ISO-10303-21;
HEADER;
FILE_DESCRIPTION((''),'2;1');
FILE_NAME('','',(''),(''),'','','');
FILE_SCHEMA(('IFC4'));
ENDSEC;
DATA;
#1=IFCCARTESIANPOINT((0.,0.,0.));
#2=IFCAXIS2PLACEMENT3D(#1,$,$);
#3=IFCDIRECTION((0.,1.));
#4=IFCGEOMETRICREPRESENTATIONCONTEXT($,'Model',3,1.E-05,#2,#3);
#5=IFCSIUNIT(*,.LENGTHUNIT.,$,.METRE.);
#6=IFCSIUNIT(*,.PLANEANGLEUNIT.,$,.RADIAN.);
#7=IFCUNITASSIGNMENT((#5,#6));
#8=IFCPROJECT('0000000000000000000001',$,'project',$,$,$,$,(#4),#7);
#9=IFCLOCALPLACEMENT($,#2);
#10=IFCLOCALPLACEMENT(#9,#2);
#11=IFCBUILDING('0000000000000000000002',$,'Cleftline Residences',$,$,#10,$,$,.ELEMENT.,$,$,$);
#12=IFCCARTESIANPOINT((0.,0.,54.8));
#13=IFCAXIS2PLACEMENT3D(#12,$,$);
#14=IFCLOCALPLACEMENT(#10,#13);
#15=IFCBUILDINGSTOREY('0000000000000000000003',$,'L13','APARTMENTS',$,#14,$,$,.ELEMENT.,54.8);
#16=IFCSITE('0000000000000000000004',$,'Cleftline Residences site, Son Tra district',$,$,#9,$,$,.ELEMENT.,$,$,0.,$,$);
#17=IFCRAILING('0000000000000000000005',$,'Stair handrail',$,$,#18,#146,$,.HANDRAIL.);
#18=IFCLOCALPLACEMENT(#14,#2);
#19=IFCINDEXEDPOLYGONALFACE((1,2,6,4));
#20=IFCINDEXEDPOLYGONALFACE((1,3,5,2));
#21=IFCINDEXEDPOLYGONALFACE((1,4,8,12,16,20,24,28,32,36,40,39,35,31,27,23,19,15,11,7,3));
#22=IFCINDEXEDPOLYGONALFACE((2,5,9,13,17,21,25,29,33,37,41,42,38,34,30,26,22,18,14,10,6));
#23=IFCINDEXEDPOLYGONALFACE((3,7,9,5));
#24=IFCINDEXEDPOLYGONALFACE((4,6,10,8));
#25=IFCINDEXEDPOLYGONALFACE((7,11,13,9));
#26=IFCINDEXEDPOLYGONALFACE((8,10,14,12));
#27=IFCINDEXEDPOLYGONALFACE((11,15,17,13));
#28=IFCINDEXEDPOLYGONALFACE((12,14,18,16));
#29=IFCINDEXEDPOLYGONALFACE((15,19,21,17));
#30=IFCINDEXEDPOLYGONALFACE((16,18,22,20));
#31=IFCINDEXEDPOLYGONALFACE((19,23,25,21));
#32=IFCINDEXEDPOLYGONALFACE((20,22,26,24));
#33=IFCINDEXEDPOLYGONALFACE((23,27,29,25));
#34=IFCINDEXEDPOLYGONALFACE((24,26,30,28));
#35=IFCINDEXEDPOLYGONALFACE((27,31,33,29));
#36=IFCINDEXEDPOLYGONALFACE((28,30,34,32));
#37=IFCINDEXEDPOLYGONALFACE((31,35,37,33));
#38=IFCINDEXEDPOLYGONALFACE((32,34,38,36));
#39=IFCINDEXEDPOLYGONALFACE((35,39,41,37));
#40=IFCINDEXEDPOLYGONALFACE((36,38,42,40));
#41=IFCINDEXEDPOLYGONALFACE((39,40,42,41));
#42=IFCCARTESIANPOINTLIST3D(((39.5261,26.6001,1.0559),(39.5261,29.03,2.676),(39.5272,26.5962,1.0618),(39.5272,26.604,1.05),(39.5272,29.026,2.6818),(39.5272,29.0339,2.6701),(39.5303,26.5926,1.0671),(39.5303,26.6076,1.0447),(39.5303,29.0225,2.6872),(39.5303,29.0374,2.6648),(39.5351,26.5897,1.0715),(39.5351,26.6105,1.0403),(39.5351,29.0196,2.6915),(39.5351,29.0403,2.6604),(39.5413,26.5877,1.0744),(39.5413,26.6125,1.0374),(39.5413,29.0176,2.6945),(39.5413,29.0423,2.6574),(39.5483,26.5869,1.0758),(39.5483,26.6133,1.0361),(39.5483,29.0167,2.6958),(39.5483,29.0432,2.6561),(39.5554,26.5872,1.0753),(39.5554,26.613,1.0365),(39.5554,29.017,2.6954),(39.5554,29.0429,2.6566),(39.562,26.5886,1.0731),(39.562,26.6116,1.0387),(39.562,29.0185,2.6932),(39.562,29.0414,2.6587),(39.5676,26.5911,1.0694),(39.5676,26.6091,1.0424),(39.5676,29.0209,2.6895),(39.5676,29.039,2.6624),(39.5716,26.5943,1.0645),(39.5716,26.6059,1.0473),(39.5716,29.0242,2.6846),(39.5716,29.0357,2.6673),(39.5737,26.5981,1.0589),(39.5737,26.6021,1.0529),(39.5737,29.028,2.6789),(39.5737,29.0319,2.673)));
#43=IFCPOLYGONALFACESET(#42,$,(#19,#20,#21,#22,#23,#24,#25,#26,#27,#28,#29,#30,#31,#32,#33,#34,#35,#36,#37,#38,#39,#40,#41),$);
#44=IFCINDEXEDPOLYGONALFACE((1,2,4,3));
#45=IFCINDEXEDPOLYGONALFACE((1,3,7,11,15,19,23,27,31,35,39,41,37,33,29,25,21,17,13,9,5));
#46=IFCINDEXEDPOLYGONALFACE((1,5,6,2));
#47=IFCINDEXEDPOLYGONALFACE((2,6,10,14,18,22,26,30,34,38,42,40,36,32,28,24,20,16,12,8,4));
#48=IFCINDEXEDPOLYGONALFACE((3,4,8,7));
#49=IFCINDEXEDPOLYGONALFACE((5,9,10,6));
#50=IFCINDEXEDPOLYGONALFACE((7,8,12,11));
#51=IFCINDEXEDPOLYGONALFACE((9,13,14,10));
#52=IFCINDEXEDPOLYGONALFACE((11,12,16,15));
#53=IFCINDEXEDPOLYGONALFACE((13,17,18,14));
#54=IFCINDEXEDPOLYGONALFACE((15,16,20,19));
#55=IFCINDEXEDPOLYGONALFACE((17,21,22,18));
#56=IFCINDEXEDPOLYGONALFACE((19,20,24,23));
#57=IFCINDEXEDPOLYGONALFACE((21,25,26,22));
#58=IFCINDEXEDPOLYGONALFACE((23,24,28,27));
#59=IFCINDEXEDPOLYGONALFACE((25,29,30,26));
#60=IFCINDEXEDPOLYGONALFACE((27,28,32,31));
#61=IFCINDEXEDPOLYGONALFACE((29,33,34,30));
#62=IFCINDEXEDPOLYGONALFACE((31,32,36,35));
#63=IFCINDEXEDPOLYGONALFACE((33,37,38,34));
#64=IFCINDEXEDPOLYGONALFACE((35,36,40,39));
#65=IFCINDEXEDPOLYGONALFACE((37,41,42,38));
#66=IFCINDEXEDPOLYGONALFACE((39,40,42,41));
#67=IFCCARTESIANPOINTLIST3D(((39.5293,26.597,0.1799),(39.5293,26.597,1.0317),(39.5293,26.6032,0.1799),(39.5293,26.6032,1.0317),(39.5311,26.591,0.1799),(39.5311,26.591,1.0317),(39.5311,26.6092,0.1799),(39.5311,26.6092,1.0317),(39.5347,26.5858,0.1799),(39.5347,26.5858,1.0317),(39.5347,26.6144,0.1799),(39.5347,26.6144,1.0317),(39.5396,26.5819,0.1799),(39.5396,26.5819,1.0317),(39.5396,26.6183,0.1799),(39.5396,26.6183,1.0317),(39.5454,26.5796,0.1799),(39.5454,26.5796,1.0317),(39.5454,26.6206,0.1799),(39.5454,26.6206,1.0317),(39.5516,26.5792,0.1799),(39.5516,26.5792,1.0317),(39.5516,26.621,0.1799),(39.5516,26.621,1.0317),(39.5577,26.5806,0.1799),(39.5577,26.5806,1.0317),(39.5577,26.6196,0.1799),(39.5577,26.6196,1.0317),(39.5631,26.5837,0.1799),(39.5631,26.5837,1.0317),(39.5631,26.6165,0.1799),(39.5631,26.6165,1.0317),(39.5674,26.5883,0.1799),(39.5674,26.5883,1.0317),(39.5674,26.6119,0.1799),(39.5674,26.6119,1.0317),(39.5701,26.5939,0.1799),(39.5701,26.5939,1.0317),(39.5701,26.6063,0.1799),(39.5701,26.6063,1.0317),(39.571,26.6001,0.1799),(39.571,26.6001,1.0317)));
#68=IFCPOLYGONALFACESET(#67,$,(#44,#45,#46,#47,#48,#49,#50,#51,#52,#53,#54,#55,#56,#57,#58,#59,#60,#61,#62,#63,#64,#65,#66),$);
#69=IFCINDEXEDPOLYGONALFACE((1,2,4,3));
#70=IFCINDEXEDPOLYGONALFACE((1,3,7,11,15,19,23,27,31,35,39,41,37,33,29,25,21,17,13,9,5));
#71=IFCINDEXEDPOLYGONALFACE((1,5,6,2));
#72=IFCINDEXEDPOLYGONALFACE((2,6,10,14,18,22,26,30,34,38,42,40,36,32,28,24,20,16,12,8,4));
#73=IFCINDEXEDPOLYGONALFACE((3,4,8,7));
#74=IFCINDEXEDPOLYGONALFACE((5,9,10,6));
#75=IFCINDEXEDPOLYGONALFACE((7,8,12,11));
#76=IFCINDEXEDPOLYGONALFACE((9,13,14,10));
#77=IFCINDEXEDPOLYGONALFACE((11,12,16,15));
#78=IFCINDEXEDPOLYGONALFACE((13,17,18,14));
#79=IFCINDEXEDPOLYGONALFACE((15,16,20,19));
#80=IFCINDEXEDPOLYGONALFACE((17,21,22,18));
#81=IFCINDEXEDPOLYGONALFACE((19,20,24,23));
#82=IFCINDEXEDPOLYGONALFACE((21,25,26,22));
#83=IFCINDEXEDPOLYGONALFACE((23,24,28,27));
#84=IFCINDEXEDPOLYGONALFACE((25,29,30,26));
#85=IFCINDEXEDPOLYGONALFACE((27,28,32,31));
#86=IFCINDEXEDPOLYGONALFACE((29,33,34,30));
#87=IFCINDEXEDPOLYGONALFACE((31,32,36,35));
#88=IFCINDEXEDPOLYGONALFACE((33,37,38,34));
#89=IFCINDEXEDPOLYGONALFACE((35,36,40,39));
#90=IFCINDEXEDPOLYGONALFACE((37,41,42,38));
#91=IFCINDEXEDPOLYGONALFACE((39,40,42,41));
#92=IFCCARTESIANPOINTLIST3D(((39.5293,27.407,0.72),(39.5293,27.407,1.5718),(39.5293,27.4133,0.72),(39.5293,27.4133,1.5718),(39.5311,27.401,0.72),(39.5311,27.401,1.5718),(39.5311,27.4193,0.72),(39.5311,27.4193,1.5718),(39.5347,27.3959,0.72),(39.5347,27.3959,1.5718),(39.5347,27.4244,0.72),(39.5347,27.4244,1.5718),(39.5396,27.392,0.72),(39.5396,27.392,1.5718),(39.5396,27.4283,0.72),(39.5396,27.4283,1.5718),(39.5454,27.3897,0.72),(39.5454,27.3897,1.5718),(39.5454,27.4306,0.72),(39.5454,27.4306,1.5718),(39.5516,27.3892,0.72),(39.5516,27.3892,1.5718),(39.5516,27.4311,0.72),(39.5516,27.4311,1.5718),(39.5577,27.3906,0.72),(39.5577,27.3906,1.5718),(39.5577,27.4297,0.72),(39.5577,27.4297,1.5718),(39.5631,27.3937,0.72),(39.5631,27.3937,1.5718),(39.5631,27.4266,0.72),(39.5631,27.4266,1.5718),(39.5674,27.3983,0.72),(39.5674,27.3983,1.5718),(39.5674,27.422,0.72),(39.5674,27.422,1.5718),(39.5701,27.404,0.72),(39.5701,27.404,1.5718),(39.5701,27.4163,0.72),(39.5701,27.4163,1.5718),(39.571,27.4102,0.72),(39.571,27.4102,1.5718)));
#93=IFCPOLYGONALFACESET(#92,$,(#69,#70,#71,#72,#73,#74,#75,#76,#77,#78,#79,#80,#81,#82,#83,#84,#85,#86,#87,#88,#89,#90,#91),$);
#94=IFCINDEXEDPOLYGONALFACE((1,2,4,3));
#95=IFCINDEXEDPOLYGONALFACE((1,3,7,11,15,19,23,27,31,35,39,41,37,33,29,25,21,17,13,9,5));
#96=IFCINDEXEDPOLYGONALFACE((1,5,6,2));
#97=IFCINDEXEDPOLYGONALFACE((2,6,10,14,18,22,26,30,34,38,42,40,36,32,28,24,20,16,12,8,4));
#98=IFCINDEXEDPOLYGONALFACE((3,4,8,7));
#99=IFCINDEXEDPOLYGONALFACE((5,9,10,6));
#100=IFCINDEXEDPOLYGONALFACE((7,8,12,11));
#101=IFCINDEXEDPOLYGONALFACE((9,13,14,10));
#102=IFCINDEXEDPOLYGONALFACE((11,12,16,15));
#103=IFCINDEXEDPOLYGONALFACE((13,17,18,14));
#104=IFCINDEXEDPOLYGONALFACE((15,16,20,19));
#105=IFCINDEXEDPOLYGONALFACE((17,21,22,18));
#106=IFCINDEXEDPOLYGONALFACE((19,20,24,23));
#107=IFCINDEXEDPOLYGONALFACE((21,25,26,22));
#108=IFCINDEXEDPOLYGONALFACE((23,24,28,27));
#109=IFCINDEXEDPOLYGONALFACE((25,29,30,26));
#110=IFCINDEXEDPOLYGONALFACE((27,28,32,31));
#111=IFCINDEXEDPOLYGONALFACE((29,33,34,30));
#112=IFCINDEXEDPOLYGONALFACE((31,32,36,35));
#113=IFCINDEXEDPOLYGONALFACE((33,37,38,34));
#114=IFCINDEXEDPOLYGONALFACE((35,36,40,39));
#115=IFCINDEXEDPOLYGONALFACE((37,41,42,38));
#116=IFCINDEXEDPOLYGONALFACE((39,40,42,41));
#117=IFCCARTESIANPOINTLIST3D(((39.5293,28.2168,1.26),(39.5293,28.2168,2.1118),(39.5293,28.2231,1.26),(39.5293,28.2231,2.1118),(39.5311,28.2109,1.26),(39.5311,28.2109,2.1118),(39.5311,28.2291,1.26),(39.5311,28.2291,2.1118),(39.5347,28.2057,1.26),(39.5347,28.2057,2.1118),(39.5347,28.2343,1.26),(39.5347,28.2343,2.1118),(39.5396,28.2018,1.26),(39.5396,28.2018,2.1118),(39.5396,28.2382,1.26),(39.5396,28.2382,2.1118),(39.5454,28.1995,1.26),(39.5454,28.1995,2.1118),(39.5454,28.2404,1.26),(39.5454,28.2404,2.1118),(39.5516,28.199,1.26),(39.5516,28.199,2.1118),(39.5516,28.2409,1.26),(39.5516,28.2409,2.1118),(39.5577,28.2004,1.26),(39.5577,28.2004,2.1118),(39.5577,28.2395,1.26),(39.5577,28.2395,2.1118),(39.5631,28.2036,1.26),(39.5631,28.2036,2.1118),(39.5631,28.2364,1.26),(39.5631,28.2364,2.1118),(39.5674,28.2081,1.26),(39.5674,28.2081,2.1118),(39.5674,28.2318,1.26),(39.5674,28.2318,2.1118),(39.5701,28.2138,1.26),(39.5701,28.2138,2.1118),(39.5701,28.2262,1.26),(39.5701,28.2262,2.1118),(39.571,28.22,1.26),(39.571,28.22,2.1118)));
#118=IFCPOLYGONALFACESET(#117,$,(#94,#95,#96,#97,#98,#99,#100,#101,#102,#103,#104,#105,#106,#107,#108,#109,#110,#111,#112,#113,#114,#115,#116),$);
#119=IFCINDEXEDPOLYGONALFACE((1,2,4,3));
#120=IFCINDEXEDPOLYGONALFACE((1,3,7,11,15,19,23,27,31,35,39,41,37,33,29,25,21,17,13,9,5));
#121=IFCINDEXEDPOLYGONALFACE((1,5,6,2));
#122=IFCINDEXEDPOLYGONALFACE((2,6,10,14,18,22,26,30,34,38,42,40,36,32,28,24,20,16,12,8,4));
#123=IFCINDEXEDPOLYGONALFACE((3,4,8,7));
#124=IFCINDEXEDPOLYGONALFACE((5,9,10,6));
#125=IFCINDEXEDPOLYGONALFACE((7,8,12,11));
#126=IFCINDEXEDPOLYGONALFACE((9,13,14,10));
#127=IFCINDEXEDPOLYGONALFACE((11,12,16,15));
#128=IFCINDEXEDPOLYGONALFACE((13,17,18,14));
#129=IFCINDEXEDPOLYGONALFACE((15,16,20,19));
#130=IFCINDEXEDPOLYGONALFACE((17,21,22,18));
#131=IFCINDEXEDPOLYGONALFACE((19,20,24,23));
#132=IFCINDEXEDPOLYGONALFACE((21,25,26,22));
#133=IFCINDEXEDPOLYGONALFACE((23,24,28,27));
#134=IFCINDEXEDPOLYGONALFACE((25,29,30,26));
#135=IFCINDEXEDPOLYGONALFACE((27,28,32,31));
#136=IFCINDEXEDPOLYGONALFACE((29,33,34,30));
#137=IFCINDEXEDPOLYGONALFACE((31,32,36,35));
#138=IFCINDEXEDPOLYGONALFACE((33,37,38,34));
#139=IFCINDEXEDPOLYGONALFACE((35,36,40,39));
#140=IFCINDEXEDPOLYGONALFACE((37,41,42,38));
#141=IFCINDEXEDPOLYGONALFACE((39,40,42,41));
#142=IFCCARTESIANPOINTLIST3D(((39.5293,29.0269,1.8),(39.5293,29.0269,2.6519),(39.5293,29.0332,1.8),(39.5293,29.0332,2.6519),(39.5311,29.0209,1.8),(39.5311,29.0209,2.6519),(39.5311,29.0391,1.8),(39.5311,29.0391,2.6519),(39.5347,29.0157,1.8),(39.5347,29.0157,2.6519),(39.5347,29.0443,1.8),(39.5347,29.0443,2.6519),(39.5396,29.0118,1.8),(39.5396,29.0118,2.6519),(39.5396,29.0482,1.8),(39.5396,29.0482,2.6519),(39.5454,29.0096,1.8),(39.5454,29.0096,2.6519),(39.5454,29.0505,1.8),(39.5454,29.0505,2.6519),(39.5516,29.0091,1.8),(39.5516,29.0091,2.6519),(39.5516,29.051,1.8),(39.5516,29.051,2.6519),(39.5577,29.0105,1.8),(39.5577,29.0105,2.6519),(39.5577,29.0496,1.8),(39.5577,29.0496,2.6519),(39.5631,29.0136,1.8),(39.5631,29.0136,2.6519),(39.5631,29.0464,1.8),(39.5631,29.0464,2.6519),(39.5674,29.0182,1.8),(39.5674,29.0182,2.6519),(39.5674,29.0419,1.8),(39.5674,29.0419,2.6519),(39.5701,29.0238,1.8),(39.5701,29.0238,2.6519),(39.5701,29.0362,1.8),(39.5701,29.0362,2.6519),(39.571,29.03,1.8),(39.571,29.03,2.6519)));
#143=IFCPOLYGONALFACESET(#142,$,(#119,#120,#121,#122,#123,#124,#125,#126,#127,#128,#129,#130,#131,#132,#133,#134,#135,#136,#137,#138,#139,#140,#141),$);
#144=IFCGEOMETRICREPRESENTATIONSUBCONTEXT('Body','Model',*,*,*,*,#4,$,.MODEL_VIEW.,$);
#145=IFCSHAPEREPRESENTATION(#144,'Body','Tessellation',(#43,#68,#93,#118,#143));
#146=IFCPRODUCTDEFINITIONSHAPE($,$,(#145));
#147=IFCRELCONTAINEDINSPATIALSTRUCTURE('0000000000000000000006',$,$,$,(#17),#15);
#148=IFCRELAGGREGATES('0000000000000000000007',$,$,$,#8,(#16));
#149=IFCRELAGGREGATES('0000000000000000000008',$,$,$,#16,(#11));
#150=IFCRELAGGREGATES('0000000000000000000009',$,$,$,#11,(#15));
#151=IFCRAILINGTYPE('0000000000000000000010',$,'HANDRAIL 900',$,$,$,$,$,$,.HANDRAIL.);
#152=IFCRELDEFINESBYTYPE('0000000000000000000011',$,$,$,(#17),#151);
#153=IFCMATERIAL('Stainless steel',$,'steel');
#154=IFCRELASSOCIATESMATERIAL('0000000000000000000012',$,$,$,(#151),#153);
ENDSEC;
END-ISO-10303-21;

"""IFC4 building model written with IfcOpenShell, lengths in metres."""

from ifc_helpers import new_model, si_unit, direction, frame, origin, origin_2d, place, context, subcontext, project, spatial, circle, extrude, material, type_object, element, save


model = new_model("IFC4")

# Units and contexts
model_context = context("Model", 3, precision=1e-05, world=origin(), true_north=direction((0.0, 1.0)))
body_context = subcontext(model_context, "Body", "Model", "MODEL_VIEW")
ifc_project = project(units=[si_unit("LENGTHUNIT", "METRE"), si_unit("PLANEANGLEUNIT", "RADIAN")], contexts=[model_context])

# Site, building, storey
site_placement = place(None, origin())
site = spatial("IfcSite", under=ifc_project, at=site_placement, Name="Cleftline Residences site, Son Tra district", CompositionType="ELEMENT", RefElevation=0.0)
building_placement = place(site_placement, origin())
building = spatial("IfcBuilding", under=site, at=building_placement, Name="Cleftline Residences", CompositionType="ELEMENT")
storey_placement = place(building_placement, frame((0.0, 0.0, 54.8)))
storey = spatial("IfcBuildingStorey", under=building, at=storey_placement, Name="L13", Description="APARTMENTS", CompositionType="ELEMENT", Elevation=54.8)

# Railing
ifc_material_1 = material(Name="Stainless steel", Category="steel")
railing_type = type_object("IfcRailingType", Name="HANDRAIL 900", PredefinedType="HANDRAIL", material=ifc_material_1)
railing_1_placement = place(storey_placement, frame((39.55, 26.6001, 0.1799)))
element("IfcRailing", 1, at=railing_1_placement, inside=storey, type_object=railing_type, Name="Stair handrail", PredefinedType="HANDRAIL", context=body_context, shape_type="SweptSolid", body=[
    extrude(circle(Radius=0.0239, at=origin_2d()), frame((0.0, 0.0, 0.876), z_axis=(0.0, 0.832025, 0.554739), x_axis=(-1.0, 0.0, 0.0)), (0.0, 0.0, 1.0), 2.9204),
    extrude(circle(Radius=0.021, at=origin_2d()), origin(), (0.0, 0.0, 1.0), 0.8518),
    extrude(circle(Radius=0.021, at=origin_2d()), frame((0.0, 0.8101, 0.54)), (0.0, 0.0, 1.0), 0.8518),
    extrude(circle(Radius=0.021, at=origin_2d()), frame((0.0, 1.6199, 1.0801)), (0.0, 0.0, 1.0), 0.8518),
    extrude(circle(Radius=0.021, at=origin_2d()), frame((0.0, 2.4299, 1.6201)), (0.0, 0.0, 1.0), 0.8518),
])

save(model, "model.ifc")
